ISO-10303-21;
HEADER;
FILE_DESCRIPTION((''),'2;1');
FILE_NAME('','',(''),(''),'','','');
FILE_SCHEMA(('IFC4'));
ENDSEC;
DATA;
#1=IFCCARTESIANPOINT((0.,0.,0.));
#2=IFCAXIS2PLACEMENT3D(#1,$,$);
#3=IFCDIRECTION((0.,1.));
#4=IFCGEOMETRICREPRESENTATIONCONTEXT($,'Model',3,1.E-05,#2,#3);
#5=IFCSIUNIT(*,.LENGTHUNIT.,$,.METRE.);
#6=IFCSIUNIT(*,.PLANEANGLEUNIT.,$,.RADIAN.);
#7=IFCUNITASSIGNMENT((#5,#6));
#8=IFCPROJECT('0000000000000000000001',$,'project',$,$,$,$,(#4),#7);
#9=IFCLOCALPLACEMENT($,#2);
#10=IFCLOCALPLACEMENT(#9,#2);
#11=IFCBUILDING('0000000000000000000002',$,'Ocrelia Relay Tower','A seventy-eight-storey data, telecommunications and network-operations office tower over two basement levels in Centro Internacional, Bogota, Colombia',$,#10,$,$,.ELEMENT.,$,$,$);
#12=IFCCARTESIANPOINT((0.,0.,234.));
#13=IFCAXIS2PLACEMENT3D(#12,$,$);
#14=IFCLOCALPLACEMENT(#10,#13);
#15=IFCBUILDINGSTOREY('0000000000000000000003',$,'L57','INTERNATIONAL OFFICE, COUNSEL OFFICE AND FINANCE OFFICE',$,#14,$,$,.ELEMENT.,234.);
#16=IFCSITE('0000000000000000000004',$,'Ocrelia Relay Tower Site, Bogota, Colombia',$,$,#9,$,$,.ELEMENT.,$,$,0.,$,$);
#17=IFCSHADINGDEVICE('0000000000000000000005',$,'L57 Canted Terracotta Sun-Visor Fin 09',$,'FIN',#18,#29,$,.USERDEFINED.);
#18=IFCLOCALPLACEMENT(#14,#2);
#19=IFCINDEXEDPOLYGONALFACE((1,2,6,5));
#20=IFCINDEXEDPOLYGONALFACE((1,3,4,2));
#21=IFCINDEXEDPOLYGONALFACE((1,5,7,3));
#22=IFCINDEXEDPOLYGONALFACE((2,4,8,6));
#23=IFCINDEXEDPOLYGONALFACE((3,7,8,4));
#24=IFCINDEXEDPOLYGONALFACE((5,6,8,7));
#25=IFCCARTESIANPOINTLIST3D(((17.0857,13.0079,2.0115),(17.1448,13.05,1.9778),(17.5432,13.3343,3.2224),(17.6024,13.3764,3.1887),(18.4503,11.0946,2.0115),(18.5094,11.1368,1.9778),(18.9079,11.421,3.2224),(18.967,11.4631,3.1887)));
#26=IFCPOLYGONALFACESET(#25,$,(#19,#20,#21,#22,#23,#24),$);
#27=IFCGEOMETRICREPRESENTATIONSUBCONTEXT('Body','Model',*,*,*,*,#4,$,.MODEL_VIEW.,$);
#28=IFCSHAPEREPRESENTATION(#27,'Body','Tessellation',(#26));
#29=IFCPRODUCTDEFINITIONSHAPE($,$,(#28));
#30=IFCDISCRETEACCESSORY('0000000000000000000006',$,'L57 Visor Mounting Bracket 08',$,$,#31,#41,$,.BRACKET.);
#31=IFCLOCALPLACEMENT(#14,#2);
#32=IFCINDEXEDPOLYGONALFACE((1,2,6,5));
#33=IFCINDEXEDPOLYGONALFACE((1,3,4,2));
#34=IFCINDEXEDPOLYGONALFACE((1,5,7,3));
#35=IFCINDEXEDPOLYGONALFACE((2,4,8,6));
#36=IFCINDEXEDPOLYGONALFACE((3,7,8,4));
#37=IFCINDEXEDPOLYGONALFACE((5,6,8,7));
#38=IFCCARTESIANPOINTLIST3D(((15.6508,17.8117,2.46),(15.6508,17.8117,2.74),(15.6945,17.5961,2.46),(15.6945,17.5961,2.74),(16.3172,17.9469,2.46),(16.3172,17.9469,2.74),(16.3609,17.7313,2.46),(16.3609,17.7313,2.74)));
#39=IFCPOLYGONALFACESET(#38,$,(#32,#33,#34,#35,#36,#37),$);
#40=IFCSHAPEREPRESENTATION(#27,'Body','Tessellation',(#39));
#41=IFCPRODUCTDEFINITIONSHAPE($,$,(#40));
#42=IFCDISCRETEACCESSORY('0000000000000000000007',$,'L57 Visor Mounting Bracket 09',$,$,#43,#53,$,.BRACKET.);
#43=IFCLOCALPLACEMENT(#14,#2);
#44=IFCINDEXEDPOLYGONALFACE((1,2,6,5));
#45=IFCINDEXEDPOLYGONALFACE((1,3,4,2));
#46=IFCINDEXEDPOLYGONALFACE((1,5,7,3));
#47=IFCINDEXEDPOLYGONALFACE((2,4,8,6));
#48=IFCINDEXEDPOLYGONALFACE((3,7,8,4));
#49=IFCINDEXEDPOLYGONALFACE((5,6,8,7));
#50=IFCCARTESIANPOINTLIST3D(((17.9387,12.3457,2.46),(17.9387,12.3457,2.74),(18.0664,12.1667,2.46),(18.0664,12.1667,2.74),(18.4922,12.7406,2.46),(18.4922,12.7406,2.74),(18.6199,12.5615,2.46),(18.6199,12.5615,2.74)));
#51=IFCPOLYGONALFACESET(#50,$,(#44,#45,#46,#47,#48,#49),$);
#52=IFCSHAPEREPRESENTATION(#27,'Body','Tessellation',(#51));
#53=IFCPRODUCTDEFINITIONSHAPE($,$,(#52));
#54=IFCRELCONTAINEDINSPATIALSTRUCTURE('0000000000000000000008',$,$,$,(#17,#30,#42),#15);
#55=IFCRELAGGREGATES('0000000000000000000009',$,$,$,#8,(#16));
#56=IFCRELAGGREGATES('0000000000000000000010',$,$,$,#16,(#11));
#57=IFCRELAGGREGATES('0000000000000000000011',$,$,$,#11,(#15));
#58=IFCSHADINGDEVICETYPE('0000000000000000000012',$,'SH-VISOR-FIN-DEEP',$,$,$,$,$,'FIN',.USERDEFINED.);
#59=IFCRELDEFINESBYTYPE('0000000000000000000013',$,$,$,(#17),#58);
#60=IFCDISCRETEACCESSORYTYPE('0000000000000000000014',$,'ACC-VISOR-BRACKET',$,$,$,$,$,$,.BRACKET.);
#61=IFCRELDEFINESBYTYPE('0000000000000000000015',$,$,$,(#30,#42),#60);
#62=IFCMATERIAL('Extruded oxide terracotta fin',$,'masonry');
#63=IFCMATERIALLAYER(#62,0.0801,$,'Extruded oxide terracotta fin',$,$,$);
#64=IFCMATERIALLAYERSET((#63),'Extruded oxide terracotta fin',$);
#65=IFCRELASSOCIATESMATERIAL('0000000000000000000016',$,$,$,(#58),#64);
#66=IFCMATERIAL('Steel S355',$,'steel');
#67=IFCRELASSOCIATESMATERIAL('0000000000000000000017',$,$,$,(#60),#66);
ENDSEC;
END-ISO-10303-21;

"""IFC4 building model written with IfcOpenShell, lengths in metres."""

from ifc_helpers import new_model, si_unit, direction, frame, origin, origin_2d, place, context, subcontext, project, spatial, rectangle, extrude, material, layer, layer_set, type_object, element, save


model = new_model("IFC4")

# Units and contexts
model_context = context("Model", 3, precision=1e-05, world=origin(), true_north=direction((0.0, 1.0)))
body_context = subcontext(model_context, "Body", "Model", "MODEL_VIEW")
ifc_project = project(units=[si_unit("LENGTHUNIT", "METRE"), si_unit("PLANEANGLEUNIT", "RADIAN")], contexts=[model_context])

# Site, building, storey
site_placement = place(None, origin())
site = spatial("IfcSite", under=ifc_project, at=site_placement, Name="Ocrelia Relay Tower Site, Bogota, Colombia", CompositionType="ELEMENT", RefElevation=0.0)
building_placement = place(site_placement, origin())
building = spatial("IfcBuilding", under=site, at=building_placement, Name="Ocrelia Relay Tower", Description="A seventy-eight-storey data, telecommunications and network-operations office tower over two basement levels in Centro Internacional, Bogota, Colombia", CompositionType="ELEMENT")
storey_placement = place(building_placement, frame((0.0, 0.0, 234.0)))
storey = spatial("IfcBuildingStorey", under=building, at=storey_placement, Name="L57", Description="INTERNATIONAL OFFICE, COUNSEL OFFICE AND FINANCE OFFICE", CompositionType="ELEMENT", Elevation=234.0)

# Shared definitions
ifc_material_1 = material(Name="Steel S355", Category="steel")

# Shading device
ifc_material_2 = material(Name="Extruded oxide terracotta fin", Category="masonry")
ifc_layer_1 = layer(ifc_material_2, 0.0801, Name="Extruded oxide terracotta fin")
ifc_layer_set_1 = layer_set([ifc_layer_1], Name="Extruded oxide terracotta fin")
shading_device_type_1 = type_object("IfcShadingDeviceType", Name="SH-VISOR-FIN-DEEP", ElementType="FIN", PredefinedType="USERDEFINED", material=ifc_layer_set_1)
shading_device_1_placement = place(storey_placement, frame((18.0559, 12.2566, 2.5833), z_axis=(-0.738455, -0.5267, 0.421036), x_axis=(0.580677, -0.814134, 0.0)))
element("IfcShadingDevice", 1, at=shading_device_1_placement, inside=storey, type_object=shading_device_type_1, Name="L57 Canted Terracotta Sun-Visor Fin 09", ObjectType="FIN", PredefinedType="USERDEFINED", context=body_context, shape_type="SweptSolid", body=[
    extrude(rectangle(XDim=2.3501, YDim=1.335, at=origin_2d()), origin(), (0.0, 0.0, 1.0), 0.0801),
])

# Discrete accessories
discrete_accessory_type = type_object("IfcDiscreteAccessoryType", Name="ACC-VISOR-BRACKET", PredefinedType="BRACKET", material=ifc_material_1)
for number, where, z_axis, x_axis, name in (
    (2, (16.0059, 17.7715, 2.46), (0.0, 0.0, 1.0), (0.198818, -0.980036, 0.0), "L57 Visor Mounting Bracket 08"),
    (3, (18.2793, 12.4536, 2.46), (0.0, 0.0, 1.0), (0.580677, -0.814134, 0.0), "L57 Visor Mounting Bracket 09"),
):
    element("IfcDiscreteAccessory", number, at=place(storey_placement, frame(where, z_axis=z_axis, x_axis=x_axis)), inside=storey, type_object=discrete_accessory_type, Name=name, PredefinedType="BRACKET", context=body_context, shape_type="SweptSolid", body=[
        extrude(rectangle(XDim=0.22, YDim=0.6799, at=origin_2d()), origin(), (0.0, 0.0, 1.0), 0.28),
    ])

save(model, "model.ifc")
